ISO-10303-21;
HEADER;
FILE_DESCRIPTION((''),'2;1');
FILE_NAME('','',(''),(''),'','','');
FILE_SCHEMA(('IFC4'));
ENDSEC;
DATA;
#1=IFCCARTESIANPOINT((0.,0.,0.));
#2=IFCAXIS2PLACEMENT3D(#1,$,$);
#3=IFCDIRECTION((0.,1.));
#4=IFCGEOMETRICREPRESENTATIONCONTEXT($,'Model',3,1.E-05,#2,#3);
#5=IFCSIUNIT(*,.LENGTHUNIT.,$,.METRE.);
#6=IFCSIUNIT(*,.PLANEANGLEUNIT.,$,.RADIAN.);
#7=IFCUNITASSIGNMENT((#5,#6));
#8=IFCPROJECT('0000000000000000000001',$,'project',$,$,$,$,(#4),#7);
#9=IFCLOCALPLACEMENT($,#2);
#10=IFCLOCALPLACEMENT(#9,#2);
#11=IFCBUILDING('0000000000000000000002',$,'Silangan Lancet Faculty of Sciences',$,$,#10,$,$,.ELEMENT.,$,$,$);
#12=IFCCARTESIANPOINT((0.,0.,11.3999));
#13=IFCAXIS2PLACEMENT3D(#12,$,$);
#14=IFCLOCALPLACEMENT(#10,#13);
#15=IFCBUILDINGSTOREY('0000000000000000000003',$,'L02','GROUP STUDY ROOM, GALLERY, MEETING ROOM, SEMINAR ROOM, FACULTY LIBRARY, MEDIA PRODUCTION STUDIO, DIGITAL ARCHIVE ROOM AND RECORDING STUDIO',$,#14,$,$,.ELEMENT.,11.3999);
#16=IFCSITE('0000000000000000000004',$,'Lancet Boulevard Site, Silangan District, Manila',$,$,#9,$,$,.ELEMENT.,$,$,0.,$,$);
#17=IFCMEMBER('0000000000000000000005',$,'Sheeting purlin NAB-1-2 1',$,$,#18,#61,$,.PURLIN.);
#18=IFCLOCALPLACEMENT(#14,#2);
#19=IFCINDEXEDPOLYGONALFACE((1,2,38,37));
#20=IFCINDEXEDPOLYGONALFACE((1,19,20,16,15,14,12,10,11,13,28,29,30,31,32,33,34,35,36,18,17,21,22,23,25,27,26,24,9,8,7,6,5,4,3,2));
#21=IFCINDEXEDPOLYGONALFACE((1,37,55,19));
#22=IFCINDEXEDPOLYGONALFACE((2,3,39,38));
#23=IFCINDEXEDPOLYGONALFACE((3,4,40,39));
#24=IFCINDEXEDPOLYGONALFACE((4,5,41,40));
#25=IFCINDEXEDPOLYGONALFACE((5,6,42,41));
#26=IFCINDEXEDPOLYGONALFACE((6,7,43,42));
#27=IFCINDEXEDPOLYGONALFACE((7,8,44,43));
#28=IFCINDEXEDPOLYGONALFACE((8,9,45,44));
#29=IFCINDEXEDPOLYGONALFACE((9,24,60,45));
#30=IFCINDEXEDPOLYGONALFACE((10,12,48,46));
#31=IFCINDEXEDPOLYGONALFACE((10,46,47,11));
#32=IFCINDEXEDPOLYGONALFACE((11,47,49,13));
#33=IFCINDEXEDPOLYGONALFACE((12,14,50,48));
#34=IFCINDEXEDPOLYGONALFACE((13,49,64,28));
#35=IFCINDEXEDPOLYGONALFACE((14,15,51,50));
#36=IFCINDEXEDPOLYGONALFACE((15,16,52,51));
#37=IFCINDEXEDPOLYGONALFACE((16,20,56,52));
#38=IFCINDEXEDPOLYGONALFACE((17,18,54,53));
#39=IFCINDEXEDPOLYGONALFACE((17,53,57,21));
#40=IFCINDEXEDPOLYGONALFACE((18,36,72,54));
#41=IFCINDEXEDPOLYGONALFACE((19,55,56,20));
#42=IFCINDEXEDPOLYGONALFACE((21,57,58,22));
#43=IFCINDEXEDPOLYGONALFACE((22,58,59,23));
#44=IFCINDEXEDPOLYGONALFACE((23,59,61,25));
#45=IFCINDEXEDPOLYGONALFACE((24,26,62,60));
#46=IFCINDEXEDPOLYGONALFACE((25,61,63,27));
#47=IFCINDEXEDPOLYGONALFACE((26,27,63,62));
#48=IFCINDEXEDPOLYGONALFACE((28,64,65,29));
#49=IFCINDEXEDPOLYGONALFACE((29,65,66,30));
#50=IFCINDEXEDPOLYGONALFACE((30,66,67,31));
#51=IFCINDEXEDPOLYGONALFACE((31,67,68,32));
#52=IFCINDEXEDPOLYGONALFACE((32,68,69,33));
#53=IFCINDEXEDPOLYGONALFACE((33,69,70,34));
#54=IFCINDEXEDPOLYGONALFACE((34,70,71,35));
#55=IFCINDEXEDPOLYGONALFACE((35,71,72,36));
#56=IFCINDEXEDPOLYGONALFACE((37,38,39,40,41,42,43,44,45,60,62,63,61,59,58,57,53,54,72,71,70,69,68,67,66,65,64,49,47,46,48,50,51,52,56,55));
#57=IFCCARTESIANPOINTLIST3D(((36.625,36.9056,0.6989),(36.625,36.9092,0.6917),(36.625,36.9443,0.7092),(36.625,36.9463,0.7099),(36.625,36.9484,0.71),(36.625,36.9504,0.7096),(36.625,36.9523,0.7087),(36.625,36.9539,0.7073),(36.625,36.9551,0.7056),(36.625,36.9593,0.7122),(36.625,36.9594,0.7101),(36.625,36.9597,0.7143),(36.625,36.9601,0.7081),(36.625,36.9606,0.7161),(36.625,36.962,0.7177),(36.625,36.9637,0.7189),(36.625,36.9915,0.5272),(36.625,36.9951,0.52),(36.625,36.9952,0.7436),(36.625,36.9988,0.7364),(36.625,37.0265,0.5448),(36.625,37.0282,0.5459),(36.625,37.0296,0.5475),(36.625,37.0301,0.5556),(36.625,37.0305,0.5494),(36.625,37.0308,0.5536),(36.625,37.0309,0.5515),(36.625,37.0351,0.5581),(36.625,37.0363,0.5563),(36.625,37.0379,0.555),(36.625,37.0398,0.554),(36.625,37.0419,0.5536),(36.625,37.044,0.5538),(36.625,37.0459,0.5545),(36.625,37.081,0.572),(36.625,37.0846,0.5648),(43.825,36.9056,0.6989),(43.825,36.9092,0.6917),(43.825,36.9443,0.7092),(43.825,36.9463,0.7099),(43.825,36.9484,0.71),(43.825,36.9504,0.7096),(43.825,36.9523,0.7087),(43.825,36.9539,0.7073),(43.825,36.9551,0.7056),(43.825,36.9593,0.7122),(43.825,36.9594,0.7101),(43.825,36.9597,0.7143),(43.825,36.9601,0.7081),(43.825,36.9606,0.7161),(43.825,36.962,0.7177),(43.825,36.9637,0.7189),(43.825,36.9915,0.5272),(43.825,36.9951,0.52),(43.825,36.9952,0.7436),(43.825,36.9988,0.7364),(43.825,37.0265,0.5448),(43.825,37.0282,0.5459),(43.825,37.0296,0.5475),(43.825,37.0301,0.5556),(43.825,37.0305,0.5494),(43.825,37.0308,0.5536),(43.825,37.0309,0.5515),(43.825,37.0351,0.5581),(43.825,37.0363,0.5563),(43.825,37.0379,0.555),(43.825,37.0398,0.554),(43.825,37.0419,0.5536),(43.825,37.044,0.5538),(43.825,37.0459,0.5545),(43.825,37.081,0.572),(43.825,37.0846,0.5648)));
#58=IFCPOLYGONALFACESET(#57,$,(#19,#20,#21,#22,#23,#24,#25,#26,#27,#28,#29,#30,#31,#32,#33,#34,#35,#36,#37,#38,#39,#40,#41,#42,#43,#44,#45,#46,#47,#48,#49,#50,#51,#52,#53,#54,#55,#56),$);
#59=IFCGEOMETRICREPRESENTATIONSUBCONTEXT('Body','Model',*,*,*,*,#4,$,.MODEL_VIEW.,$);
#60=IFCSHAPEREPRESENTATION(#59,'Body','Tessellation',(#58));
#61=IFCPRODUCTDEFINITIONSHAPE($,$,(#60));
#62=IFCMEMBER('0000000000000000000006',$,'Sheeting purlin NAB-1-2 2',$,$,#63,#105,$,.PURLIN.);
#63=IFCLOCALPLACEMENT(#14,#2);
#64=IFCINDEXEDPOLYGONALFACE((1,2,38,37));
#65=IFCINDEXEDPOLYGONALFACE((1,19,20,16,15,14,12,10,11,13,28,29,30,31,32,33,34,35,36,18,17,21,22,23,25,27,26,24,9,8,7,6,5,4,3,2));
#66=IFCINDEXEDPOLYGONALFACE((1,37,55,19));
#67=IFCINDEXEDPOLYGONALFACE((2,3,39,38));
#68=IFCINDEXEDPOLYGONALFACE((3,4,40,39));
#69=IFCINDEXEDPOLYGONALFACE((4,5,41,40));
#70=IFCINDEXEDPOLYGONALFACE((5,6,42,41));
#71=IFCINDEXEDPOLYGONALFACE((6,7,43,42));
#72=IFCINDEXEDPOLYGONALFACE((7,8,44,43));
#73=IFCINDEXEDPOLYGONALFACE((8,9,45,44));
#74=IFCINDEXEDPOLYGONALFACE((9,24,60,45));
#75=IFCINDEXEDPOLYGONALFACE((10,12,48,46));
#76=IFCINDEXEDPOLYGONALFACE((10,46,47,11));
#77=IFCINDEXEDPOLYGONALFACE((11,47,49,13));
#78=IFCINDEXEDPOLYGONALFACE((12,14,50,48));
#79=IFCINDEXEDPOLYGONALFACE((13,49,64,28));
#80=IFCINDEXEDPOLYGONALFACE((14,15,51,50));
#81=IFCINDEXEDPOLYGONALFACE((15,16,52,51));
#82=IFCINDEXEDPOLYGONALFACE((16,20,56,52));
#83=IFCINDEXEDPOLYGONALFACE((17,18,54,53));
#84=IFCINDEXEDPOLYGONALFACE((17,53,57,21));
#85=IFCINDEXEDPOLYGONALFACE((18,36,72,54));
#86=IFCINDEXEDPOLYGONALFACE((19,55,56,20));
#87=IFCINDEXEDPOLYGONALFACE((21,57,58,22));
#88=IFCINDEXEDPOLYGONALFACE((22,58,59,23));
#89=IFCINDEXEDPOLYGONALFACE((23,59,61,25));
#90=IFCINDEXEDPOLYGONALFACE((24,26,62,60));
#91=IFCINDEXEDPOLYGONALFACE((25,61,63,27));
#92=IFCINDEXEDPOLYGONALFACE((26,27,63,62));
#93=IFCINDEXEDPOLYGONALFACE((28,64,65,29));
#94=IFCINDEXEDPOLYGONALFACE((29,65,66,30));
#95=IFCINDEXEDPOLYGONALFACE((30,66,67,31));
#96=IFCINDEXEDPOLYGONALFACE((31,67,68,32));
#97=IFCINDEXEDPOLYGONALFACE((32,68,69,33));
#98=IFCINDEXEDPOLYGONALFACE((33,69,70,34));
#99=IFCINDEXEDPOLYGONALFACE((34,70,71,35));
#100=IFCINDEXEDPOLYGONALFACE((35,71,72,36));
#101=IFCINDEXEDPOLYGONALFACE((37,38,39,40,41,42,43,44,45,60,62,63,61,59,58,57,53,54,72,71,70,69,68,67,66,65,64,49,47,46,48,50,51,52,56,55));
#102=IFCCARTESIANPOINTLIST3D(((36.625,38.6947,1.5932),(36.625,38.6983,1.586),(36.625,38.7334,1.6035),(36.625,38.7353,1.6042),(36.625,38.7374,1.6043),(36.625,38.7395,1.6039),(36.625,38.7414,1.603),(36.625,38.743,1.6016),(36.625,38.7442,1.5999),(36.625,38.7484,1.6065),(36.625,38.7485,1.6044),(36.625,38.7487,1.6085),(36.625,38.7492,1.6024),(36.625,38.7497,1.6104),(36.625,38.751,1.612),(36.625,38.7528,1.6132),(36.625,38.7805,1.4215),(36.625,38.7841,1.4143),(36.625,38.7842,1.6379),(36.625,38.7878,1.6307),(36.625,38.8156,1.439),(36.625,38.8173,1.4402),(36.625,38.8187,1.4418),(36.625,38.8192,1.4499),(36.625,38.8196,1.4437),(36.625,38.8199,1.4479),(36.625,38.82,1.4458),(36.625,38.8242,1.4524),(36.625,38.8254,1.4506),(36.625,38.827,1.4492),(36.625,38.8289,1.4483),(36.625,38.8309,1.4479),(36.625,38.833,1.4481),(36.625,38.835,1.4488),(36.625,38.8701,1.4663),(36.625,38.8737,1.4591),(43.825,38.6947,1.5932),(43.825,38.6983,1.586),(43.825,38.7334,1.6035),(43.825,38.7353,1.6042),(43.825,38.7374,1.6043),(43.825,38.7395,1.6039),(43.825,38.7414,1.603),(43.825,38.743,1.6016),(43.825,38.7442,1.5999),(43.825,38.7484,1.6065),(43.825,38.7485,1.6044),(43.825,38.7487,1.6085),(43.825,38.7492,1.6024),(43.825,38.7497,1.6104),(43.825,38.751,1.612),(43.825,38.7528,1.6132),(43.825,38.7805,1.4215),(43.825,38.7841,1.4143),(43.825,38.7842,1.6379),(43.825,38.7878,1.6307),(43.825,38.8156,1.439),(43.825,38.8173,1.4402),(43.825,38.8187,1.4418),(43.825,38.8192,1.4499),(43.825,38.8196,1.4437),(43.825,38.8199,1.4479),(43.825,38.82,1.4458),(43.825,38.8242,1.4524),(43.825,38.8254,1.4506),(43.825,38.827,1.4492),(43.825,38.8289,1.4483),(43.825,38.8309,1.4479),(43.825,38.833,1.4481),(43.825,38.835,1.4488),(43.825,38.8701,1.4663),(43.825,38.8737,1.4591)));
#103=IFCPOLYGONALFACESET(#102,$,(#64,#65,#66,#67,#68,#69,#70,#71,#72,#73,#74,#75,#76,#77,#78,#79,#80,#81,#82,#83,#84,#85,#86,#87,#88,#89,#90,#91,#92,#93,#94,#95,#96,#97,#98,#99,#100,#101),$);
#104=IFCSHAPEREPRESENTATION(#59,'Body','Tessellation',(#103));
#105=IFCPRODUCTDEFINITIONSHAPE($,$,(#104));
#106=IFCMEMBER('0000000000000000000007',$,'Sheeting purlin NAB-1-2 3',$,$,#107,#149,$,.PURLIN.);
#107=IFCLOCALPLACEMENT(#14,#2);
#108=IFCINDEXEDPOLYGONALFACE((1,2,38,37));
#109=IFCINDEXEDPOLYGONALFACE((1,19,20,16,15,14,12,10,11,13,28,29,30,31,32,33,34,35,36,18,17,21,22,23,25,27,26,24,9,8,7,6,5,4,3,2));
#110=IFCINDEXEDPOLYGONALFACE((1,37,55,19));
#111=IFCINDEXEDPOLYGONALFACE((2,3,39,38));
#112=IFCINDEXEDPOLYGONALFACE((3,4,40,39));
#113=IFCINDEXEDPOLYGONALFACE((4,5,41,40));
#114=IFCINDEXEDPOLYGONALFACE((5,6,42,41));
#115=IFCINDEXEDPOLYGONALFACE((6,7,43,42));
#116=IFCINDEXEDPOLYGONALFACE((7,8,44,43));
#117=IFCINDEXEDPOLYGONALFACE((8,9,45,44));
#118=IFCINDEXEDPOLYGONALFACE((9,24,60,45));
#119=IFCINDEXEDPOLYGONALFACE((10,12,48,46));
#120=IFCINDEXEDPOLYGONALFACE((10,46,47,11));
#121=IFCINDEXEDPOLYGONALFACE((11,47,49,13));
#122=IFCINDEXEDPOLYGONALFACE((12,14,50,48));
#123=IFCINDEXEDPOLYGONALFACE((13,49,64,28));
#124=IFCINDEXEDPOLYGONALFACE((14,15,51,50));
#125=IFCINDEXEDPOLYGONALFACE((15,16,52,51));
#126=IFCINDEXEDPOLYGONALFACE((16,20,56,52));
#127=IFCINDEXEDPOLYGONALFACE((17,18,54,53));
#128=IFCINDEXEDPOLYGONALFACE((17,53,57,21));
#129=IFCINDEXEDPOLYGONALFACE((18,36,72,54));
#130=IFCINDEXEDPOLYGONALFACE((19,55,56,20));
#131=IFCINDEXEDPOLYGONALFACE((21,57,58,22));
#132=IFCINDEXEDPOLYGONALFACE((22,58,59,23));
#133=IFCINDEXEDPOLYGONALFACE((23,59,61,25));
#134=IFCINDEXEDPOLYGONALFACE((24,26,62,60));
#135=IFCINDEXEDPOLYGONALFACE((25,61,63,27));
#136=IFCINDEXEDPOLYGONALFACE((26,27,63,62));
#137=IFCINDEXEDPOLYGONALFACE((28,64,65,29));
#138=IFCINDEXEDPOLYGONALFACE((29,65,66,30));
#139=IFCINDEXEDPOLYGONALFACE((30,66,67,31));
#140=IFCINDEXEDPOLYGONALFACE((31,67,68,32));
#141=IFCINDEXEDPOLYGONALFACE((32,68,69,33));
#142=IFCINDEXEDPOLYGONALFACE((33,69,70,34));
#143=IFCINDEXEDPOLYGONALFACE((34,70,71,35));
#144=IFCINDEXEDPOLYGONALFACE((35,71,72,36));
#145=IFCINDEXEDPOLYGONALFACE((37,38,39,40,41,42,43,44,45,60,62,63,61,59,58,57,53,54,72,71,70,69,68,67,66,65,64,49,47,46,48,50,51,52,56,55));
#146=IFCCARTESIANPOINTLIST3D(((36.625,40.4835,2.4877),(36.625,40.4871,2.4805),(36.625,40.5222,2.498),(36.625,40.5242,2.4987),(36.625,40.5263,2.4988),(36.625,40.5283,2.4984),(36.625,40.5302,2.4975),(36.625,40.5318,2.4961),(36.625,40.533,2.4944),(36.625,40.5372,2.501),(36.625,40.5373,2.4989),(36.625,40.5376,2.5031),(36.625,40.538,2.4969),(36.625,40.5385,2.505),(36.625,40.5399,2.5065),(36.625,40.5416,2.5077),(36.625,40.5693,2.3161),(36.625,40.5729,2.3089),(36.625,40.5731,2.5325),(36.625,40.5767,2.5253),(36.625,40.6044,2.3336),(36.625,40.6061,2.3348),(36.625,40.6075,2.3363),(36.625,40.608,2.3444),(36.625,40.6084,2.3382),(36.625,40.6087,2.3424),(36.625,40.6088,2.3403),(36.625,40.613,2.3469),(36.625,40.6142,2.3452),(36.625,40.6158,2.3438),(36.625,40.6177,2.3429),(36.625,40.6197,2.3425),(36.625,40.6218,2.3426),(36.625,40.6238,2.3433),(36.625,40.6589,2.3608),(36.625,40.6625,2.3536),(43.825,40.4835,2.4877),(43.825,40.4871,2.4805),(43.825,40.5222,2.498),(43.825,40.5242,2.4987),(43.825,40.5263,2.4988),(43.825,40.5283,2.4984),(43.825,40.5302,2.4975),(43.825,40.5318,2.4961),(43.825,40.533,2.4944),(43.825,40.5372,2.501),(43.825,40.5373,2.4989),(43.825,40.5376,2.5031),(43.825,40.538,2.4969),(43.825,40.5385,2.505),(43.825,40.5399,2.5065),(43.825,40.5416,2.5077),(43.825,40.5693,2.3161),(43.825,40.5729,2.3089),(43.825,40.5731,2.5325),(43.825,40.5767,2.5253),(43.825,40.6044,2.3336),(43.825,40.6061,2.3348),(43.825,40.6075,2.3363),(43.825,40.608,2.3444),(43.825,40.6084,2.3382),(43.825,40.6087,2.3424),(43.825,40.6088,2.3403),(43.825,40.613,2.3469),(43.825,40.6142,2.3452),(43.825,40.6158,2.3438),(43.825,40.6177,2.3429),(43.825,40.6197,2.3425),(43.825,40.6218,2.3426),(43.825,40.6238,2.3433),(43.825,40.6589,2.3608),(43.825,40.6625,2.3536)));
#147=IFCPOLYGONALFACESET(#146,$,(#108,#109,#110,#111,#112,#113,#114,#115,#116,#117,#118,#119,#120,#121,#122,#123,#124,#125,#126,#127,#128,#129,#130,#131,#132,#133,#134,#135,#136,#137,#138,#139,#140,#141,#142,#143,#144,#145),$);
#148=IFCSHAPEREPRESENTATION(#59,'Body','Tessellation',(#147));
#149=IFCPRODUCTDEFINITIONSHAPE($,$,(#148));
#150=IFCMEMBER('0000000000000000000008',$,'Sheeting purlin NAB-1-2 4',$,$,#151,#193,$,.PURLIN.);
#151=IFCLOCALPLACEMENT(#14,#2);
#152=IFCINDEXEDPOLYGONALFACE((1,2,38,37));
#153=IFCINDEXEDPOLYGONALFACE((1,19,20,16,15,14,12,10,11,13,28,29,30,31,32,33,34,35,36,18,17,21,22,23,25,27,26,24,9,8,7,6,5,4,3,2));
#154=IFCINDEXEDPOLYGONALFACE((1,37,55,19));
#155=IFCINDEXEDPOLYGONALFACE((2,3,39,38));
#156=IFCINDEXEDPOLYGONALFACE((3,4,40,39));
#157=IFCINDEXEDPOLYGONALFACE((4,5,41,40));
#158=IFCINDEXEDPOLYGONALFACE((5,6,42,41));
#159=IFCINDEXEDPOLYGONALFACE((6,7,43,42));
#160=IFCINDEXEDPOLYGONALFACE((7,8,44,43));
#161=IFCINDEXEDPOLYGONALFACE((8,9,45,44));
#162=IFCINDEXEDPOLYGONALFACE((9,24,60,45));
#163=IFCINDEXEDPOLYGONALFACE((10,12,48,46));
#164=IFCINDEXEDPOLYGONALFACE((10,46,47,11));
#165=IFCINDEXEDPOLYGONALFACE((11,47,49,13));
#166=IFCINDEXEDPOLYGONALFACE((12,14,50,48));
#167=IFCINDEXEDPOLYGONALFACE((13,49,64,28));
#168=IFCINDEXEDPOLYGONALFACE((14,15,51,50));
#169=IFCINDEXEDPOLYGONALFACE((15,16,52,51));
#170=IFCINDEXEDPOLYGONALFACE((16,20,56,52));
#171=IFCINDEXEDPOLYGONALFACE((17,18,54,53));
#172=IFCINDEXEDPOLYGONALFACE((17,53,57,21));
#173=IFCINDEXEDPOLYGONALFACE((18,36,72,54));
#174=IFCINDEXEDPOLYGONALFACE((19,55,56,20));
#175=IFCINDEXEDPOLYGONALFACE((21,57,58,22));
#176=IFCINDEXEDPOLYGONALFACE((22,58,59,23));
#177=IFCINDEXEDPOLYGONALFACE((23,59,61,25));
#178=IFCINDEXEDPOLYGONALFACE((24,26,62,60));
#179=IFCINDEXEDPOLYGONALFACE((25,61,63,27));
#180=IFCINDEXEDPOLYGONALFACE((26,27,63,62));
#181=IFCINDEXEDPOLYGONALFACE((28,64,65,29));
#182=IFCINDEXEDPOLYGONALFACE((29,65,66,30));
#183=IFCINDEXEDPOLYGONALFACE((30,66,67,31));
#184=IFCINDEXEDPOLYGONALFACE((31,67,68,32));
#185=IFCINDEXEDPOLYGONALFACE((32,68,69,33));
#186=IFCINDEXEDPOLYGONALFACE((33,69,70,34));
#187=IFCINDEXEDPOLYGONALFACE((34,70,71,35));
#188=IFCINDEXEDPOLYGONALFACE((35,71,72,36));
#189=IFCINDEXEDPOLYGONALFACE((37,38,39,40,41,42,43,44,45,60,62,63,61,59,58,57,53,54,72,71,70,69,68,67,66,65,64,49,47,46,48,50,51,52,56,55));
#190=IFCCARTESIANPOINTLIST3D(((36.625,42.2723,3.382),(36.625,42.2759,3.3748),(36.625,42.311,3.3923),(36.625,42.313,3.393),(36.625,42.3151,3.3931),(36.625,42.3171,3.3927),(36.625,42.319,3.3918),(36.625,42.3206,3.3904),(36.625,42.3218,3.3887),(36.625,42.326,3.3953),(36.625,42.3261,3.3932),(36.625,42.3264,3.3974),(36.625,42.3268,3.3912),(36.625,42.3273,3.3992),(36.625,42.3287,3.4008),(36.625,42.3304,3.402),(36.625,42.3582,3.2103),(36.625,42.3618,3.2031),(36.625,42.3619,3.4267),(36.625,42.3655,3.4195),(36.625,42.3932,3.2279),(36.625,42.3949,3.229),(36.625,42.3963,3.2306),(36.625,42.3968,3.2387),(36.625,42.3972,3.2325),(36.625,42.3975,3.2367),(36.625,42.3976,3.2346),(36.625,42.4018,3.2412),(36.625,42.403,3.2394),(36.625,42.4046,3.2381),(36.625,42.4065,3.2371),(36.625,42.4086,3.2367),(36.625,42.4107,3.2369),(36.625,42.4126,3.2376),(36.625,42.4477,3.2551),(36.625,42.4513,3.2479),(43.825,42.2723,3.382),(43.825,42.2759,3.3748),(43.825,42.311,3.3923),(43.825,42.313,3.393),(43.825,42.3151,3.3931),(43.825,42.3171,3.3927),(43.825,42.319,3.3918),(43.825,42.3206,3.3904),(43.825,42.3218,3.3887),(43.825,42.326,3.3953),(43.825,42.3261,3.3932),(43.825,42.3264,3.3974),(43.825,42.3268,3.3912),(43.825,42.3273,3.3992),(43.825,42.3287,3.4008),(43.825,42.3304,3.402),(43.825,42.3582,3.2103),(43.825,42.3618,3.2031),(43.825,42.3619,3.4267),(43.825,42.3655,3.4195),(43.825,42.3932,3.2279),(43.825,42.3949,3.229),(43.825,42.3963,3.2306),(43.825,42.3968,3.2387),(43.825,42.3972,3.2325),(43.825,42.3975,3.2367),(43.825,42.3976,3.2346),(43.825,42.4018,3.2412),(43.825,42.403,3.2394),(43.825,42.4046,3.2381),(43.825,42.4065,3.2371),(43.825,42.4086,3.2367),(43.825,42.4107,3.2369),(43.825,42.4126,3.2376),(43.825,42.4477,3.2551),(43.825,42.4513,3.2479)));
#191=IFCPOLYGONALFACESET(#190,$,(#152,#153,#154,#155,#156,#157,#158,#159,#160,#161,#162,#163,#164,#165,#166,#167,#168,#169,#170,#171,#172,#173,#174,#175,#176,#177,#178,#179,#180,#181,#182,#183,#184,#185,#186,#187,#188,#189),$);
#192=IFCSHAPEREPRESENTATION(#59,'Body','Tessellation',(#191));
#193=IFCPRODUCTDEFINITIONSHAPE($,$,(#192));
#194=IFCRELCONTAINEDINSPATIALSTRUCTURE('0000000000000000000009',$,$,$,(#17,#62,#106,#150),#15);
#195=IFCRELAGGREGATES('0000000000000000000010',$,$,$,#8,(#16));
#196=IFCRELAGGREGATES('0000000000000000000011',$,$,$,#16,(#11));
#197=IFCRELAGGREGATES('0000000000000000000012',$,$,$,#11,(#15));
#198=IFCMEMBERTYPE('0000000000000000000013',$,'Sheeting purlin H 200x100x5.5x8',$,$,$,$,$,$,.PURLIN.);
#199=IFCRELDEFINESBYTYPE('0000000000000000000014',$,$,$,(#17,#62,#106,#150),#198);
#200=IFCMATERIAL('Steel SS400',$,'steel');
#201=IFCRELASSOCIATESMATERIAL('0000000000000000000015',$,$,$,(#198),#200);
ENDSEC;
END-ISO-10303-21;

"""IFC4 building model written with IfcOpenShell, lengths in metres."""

from ifc_helpers import new_model, si_unit, direction, frame, origin, origin_2d, place, context, subcontext, project, spatial, i_section, extrude, material, material_profile, profile_set, type_object, element, save


model = new_model("IFC4")

# Units and contexts
model_context = context("Model", 3, precision=1e-05, world=origin(), true_north=direction((0.0, 1.0)))
body_context = subcontext(model_context, "Body", "Model", "MODEL_VIEW")
ifc_project = project(units=[si_unit("LENGTHUNIT", "METRE"), si_unit("PLANEANGLEUNIT", "RADIAN")], contexts=[model_context])

# Site, building, storey
site_placement = place(None, origin())
site = spatial("IfcSite", under=ifc_project, at=site_placement, Name="Lancet Boulevard Site, Silangan District, Manila", CompositionType="ELEMENT", RefElevation=0.0)
building_placement = place(site_placement, origin())
building = spatial("IfcBuilding", under=site, at=building_placement, Name="Silangan Lancet Faculty of Sciences", CompositionType="ELEMENT")
storey_placement = place(building_placement, frame((0.0, 0.0, 11.3999)))
storey = spatial("IfcBuildingStorey", under=building, at=storey_placement, Name="L02", Description="GROUP STUDY ROOM, GALLERY, MEETING ROOM, SEMINAR ROOM, FACULTY LIBRARY, MEDIA PRODUCTION STUDIO, DIGITAL ARCHIVE ROOM AND RECORDING STUDIO", CompositionType="ELEMENT", Elevation=11.3999)

# Members
ifc_material_1 = material(Name="Steel SS400", Category="steel")
ifc_material_profile_1 = material_profile(ifc_material_1, i_section(OverallWidth=0.1001, OverallDepth=0.2, WebThickness=0.0056, FlangeThickness=0.0081, FilletRadius=0.0081, at=origin_2d()), Name="H 200x100x5.5x8")
ifc_profile_set_1 = profile_set([ifc_material_profile_1], Name="Steel SS400")
member_type_1 = type_object("IfcMemberType", Name="Sheeting purlin H 200x100x5.5x8", PredefinedType="PURLIN", material=ifc_profile_set_1)
for number, where, z_axis, x_axis, name in (
    (1, (36.625, 36.9951, 0.6318), (1.0, 0.0, 0.0), (0.0, 0.894427, 0.447214), "Sheeting purlin NAB-1-2 1"),
    (2, (36.625, 38.7842, 1.5261), (1.0, 0.0, 0.0), (0.0, 0.894427, 0.447214), "Sheeting purlin NAB-1-2 2"),
    (3, (36.625, 40.573, 2.4207), (1.0, 0.0, 0.0), (0.0, 0.894427, 0.447214), "Sheeting purlin NAB-1-2 3"),
    (4, (36.625, 42.3618, 3.3149), (1.0, 0.0, 0.0), (0.0, 0.894427, 0.447214), "Sheeting purlin NAB-1-2 4"),
):
    element("IfcMember", number, at=place(storey_placement, frame(where, z_axis=z_axis, x_axis=x_axis)), inside=storey, type_object=member_type_1, Name=name, PredefinedType="PURLIN", context=body_context, shape_type="SweptSolid", body=[
        extrude(i_section(OverallWidth=0.1001, OverallDepth=0.2, WebThickness=0.0056, FlangeThickness=0.0081, FilletRadius=0.0081, at=origin_2d()), origin(), (0.0, 0.0, 1.0), 7.2),
    ])

save(model, "model.ifc")
